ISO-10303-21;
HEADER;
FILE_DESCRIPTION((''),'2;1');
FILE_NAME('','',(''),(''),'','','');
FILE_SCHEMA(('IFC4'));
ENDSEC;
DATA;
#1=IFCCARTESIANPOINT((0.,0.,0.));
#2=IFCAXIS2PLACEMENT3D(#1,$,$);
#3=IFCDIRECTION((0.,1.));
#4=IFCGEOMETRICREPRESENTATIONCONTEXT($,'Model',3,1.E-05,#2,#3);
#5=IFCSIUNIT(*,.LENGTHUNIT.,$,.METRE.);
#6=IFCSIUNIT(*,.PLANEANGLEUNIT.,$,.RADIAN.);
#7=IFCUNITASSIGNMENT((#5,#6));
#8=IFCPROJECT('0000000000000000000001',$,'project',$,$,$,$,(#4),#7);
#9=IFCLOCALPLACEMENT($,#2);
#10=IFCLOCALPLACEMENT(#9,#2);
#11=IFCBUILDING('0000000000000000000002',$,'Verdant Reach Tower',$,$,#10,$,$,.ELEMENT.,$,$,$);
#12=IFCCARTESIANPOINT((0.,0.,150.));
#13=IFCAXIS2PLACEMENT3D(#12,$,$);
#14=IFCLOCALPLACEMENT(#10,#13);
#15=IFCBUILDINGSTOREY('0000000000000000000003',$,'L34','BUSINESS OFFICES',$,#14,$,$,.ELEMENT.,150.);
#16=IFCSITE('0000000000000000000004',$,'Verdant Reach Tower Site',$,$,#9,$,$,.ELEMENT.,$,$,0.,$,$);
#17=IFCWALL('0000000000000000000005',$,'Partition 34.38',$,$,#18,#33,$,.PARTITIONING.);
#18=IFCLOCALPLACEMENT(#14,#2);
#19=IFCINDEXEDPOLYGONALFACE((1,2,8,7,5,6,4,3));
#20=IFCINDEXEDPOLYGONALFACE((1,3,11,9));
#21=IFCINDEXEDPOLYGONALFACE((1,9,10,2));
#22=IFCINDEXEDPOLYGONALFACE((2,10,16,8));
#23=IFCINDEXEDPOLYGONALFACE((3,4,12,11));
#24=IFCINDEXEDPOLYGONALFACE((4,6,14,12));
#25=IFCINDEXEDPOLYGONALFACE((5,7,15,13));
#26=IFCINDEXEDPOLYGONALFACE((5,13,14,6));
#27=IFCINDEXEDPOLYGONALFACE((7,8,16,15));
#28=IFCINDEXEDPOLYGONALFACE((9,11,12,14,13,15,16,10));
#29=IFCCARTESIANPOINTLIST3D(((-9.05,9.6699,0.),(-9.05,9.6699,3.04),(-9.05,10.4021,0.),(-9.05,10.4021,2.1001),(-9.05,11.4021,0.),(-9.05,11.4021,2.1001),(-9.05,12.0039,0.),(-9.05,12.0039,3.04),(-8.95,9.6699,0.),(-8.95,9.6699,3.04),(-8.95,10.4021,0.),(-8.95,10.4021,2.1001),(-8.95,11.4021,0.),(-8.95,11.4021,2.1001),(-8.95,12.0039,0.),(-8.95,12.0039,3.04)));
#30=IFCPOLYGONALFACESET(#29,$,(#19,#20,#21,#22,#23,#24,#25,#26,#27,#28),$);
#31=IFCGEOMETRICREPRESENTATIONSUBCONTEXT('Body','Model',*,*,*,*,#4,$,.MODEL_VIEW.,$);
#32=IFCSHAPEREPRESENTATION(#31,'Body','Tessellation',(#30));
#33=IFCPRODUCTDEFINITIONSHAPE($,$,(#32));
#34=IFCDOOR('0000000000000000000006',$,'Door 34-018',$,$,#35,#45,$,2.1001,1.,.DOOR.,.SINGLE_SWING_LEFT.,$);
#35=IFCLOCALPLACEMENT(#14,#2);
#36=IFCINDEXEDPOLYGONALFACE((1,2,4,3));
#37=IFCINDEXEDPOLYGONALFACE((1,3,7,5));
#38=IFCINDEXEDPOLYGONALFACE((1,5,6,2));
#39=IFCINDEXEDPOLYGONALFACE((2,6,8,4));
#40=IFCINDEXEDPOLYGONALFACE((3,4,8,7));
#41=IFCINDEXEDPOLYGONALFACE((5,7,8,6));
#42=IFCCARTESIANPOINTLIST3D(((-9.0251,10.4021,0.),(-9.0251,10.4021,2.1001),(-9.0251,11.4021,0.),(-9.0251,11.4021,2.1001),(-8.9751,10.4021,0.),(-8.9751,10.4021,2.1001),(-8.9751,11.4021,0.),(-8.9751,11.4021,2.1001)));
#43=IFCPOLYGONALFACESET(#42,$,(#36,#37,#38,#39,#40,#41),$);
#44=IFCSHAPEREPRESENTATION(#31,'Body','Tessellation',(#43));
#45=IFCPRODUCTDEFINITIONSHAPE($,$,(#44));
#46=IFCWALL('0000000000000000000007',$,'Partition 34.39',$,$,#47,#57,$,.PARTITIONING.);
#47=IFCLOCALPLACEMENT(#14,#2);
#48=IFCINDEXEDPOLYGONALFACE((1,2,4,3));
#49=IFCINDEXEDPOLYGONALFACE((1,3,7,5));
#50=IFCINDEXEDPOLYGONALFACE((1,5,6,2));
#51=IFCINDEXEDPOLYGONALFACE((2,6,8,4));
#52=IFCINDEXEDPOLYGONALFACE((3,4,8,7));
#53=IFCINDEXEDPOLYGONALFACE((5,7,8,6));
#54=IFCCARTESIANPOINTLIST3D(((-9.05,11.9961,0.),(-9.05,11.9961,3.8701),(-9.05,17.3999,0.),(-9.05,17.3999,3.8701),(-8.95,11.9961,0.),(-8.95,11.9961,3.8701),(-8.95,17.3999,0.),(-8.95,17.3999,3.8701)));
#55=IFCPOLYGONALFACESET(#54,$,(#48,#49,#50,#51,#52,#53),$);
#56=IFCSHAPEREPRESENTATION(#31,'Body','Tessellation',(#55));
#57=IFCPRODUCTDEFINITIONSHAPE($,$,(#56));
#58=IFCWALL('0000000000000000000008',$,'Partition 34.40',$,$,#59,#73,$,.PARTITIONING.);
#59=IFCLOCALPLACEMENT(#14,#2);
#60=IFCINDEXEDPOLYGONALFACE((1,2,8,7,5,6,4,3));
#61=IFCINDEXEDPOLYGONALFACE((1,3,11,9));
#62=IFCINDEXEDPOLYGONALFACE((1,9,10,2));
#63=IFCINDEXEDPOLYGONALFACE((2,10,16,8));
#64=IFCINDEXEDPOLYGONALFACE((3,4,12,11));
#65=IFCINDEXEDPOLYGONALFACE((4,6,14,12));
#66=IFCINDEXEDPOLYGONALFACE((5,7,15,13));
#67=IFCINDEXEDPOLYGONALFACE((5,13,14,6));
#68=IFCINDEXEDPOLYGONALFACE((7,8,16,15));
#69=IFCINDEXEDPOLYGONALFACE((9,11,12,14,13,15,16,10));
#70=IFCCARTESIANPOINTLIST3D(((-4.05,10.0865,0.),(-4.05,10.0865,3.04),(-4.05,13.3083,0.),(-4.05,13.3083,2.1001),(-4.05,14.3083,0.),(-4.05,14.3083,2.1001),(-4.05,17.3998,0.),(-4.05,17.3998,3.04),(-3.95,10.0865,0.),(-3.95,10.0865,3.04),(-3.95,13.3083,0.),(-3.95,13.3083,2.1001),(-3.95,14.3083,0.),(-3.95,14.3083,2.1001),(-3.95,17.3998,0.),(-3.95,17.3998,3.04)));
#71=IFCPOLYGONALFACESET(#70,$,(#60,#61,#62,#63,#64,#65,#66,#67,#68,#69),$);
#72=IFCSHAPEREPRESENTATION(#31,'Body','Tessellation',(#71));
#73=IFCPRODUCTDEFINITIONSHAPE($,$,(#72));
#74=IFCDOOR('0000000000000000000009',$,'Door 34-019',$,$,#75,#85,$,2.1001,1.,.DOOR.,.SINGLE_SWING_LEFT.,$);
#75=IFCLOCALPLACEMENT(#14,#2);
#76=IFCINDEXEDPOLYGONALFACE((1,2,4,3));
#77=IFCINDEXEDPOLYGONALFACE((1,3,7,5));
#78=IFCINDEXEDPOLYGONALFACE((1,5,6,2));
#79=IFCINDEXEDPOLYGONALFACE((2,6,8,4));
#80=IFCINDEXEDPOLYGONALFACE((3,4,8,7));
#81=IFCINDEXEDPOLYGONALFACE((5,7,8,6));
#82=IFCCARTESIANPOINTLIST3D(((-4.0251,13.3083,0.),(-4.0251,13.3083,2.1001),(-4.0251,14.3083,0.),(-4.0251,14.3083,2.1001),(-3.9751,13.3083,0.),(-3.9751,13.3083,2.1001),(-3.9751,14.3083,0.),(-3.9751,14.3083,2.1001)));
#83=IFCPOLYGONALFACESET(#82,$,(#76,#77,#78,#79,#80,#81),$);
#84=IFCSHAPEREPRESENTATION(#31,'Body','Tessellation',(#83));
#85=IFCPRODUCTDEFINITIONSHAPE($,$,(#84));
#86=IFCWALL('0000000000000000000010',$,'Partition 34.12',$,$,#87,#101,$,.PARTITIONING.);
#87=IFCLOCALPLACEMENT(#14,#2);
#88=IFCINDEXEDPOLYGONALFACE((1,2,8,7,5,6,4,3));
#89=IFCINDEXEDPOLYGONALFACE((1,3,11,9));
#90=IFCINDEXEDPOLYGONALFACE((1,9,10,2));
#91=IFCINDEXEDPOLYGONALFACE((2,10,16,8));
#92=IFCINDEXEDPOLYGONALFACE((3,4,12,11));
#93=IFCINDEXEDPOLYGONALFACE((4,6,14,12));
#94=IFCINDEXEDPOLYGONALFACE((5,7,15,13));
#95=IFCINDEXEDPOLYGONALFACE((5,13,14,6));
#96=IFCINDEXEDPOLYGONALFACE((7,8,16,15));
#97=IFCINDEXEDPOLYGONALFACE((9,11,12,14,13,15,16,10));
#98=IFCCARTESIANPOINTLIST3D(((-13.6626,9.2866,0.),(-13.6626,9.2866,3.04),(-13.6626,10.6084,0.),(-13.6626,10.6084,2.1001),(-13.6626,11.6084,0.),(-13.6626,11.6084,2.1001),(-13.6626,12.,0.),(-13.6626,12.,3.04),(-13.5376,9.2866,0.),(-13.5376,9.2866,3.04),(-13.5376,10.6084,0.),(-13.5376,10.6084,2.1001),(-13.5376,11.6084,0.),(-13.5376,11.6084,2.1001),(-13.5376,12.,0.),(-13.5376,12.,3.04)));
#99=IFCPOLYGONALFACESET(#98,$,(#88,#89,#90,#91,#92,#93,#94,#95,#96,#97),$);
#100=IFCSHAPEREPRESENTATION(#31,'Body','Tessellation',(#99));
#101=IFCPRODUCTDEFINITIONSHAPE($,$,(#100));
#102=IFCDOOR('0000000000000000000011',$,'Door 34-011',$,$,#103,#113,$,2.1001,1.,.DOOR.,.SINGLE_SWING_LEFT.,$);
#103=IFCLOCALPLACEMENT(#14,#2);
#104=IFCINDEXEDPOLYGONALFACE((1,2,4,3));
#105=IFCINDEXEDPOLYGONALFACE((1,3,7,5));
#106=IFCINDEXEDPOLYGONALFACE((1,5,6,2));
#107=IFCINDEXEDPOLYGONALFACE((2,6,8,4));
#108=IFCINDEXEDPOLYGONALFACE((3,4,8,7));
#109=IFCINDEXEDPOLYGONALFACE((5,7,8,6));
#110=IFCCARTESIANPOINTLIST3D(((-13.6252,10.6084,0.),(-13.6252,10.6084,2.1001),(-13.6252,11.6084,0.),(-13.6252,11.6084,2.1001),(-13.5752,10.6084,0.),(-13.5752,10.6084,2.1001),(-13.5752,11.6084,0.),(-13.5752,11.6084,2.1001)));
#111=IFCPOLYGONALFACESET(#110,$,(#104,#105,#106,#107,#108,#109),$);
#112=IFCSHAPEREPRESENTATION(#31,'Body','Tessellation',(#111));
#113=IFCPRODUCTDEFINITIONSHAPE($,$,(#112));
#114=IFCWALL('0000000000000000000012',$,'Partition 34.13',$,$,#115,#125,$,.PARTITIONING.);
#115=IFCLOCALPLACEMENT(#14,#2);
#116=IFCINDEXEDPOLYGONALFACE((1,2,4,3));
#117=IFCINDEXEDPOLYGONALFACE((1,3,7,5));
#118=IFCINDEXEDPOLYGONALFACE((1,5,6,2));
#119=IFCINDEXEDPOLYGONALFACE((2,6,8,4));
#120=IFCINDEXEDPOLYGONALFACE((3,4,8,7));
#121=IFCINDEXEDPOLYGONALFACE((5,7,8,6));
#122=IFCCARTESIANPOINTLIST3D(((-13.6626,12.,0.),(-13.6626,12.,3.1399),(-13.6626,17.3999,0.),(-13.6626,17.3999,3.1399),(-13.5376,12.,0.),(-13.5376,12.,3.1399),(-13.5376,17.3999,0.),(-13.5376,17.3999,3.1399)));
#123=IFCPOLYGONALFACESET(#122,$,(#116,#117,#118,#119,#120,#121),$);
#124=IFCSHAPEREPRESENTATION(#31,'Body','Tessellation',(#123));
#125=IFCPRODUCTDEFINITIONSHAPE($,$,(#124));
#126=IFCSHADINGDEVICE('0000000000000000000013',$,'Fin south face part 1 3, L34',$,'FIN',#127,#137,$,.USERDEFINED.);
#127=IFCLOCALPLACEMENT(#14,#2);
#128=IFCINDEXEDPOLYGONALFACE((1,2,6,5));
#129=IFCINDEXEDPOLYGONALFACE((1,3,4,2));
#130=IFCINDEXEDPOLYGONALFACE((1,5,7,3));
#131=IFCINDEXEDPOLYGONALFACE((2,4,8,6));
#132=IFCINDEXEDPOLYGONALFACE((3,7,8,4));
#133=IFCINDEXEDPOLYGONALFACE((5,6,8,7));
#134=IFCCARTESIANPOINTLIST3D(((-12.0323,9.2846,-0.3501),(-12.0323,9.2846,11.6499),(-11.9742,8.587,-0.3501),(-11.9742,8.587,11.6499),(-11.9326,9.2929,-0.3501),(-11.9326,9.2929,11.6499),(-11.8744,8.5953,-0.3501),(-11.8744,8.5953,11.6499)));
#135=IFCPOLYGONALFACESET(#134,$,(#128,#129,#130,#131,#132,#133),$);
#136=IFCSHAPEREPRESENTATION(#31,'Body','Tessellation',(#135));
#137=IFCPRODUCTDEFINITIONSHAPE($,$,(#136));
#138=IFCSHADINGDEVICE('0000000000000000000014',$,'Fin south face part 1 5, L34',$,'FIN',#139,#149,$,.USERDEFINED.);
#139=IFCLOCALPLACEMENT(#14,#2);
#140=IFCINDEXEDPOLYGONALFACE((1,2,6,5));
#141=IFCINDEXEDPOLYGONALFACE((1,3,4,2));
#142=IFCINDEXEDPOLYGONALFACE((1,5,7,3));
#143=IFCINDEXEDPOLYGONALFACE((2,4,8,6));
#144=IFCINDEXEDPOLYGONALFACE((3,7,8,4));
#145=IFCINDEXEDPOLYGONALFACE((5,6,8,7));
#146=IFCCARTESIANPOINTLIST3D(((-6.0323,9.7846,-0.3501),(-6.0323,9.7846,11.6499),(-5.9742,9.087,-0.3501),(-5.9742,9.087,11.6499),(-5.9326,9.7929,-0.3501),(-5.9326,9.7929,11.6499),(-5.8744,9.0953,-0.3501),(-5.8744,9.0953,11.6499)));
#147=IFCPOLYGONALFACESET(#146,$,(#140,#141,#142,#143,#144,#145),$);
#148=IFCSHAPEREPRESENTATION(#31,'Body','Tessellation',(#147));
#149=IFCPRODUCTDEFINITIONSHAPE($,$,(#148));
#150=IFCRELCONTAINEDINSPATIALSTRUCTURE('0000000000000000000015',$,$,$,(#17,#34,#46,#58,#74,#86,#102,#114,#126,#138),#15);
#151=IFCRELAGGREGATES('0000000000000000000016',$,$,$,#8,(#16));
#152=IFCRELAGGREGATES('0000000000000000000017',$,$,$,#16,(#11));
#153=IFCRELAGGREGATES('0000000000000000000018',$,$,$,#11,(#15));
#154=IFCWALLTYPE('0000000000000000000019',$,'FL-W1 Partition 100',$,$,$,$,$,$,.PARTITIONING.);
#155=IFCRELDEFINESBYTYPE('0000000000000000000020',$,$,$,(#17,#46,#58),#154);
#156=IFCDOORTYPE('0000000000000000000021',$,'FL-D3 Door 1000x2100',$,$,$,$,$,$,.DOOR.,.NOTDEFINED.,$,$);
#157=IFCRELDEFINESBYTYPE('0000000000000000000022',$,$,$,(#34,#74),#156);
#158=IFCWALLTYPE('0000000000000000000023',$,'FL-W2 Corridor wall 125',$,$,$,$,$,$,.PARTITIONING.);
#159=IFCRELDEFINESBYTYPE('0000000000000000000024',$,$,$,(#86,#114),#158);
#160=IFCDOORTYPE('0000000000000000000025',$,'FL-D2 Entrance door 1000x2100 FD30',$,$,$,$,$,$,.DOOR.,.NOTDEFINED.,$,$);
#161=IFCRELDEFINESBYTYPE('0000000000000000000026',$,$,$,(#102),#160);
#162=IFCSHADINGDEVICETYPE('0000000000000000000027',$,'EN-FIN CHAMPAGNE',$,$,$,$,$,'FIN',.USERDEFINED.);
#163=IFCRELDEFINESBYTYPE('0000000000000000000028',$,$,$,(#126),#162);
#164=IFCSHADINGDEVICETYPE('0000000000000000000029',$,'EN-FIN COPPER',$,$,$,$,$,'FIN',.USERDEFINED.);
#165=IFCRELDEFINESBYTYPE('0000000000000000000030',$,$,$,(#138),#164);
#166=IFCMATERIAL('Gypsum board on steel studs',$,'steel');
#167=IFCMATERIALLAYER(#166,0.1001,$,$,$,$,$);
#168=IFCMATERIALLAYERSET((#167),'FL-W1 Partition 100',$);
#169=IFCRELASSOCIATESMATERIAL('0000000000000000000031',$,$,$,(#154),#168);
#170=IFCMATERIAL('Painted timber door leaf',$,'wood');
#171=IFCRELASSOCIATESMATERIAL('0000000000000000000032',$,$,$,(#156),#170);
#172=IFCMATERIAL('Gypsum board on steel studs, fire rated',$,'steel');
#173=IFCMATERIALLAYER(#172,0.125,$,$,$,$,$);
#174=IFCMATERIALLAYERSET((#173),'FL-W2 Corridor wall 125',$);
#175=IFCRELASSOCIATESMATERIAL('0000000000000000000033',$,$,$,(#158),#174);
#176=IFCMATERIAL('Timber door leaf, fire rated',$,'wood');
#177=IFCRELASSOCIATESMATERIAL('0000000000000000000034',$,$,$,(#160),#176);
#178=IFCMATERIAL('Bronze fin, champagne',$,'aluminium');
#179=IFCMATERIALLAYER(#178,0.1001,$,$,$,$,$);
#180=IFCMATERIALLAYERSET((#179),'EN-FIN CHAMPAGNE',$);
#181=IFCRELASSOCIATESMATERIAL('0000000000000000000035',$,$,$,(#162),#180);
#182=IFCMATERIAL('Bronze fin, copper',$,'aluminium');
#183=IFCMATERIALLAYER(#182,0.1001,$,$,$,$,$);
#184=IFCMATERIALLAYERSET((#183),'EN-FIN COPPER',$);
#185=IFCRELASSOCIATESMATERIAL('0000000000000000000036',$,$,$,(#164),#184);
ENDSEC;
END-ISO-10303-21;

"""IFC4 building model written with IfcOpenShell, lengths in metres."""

from ifc_helpers import new_model, si_unit, direction, frame, frame_2d, origin, origin_2d, place, context, subcontext, project, spatial, rectangle, extrude, material, layer, layer_set, type_object, element, fill, save


model = new_model("IFC4")

# Units and contexts
model_context = context("Model", 3, precision=1e-05, world=origin(), true_north=direction((0.0, 1.0)))
body_context = subcontext(model_context, "Body", "Model", "MODEL_VIEW")
ifc_project = project(units=[si_unit("LENGTHUNIT", "METRE"), si_unit("PLANEANGLEUNIT", "RADIAN")], contexts=[model_context])

# Site, building, storey
site_placement = place(None, origin())
site = spatial("IfcSite", under=ifc_project, at=site_placement, Name="Verdant Reach Tower Site", CompositionType="ELEMENT", RefElevation=0.0)
building_placement = place(site_placement, origin())
building = spatial("IfcBuilding", under=site, at=building_placement, Name="Verdant Reach Tower", CompositionType="ELEMENT")
storey_placement = place(building_placement, frame((0.0, 0.0, 150.0)))
storey = spatial("IfcBuildingStorey", under=building, at=storey_placement, Name="L34", Description="BUSINESS OFFICES", CompositionType="ELEMENT", Elevation=150.0)

# Wall, opening, door
ifc_material_1 = material(Name="Gypsum board on steel studs", Category="steel")
ifc_layer_1 = layer(ifc_material_1, 0.1001)
ifc_layer_set_1 = layer_set([ifc_layer_1], Name="FL-W1 Partition 100")
wall_type_1 = type_object("IfcWallType", Name="FL-W1 Partition 100", PredefinedType="PARTITIONING", material=ifc_layer_set_1)
ifc_material_2 = material(Name="Painted timber door leaf", Category="wood")
door_type_1 = type_object("IfcDoorType", Name="FL-D3 Door 1000x2100", OperationType="NOTDEFINED", PredefinedType="DOOR", material=ifc_material_2)
wall_1_placement = place(storey_placement, frame((-9.0, 12.0039, 0.0), z_axis=(0.0, 0.0, 1.0), x_axis=(0.0, -1.0, 0.0)))
wall_1 = element("IfcWall", 1, at=wall_1_placement, inside=storey, type_object=wall_type_1, Name="Partition 34.38", PredefinedType="PARTITIONING", context=body_context, shape_type="SweptSolid", body=[
    extrude(rectangle(XDim=2.334, YDim=0.1001, at=frame_2d((1.167, 0.0))), origin(), (0.0, 0.0, 1.0), 3.04),
])
opening_1_placement = place(wall_1_placement, frame((0.6018, 0.0, 0.0)))
opening_1 = element("IfcOpeningElement", 2, at=opening_1_placement, cuts=wall_1, PredefinedType="OPENING", context=body_context, shape_type="SweptSolid", body=[
    extrude(rectangle(XDim=1.0, YDim=2.1001, at=frame_2d((0.5, 1.05))), frame((0.0, 0.0601, 0.0), z_axis=(0.0, -1.0, 0.0), x_axis=(1.0, 0.0, 0.0)), (0.0, 0.0, 1.0), 0.1201),
])
door_1_placement = place(opening_1_placement, origin())
door_1 = element("IfcDoor", 3, at=door_1_placement, inside=storey, type_object=door_type_1, Name="Door 34-018", OperationType="SINGLE_SWING_LEFT", OverallHeight=2.1001, OverallWidth=1.0, PredefinedType="DOOR", context=body_context, shape_type="SweptSolid", body=[
    extrude(rectangle(XDim=1.0, YDim=2.1001, at=frame_2d((0.5, 1.05))), frame((0.0, 0.0249, 0.0), z_axis=(0.0, -1.0, 0.0), x_axis=(1.0, 0.0, 0.0)), (0.0, 0.0, 1.0), 0.05),
])
fill(opening_1, door_1)

# Wall
wall_2_placement = place(storey_placement, frame((-9.0, 11.9961, 0.0), z_axis=(0.0, 0.0, 1.0), x_axis=(0.0, 1.0, 0.0)))
element("IfcWall", 4, at=wall_2_placement, inside=storey, type_object=wall_type_1, Name="Partition 34.39", PredefinedType="PARTITIONING", context=body_context, shape_type="SweptSolid", body=[
    extrude(rectangle(XDim=5.4038, YDim=0.1001, at=frame_2d((2.7019, 0.0))), origin(), (0.0, 0.0, 1.0), 3.8701),
])

# Walls, openings, doors
wall_3_placement = place(storey_placement, frame((-4.0, 17.3999, 0.0), z_axis=(0.0, 0.0, 1.0), x_axis=(0.0, -1.0, 0.0)))
wall_3 = element("IfcWall", 5, at=wall_3_placement, inside=storey, type_object=wall_type_1, Name="Partition 34.40", PredefinedType="PARTITIONING", context=body_context, shape_type="SweptSolid", body=[
    extrude(rectangle(XDim=7.3132, YDim=0.1001, at=frame_2d((3.6567, 0.0))), origin(), (0.0, 0.0, 1.0), 3.04),
])
opening_2_placement = place(wall_3_placement, frame((3.0916, 0.0, 0.0)))
opening_2 = element("IfcOpeningElement", 6, at=opening_2_placement, cuts=wall_3, PredefinedType="OPENING", context=body_context, shape_type="SweptSolid", body=[
    extrude(rectangle(XDim=1.0, YDim=2.1001, at=frame_2d((0.5, 1.05))), frame((0.0, 0.0601, 0.0), z_axis=(0.0, -1.0, 0.0), x_axis=(1.0, 0.0, 0.0)), (0.0, 0.0, 1.0), 0.1201),
])
door_2_placement = place(opening_2_placement, origin())
door_2 = element("IfcDoor", 7, at=door_2_placement, inside=storey, type_object=door_type_1, Name="Door 34-019", OperationType="SINGLE_SWING_LEFT", OverallHeight=2.1001, OverallWidth=1.0, PredefinedType="DOOR", context=body_context, shape_type="SweptSolid", body=[
    extrude(rectangle(XDim=1.0, YDim=2.1001, at=frame_2d((0.5, 1.05))), frame((0.0, 0.0249, 0.0), z_axis=(0.0, -1.0, 0.0), x_axis=(1.0, 0.0, 0.0)), (0.0, 0.0, 1.0), 0.05),
])
fill(opening_2, door_2)
ifc_material_3 = material(Name="Gypsum board on steel studs, fire rated", Category="steel")
ifc_layer_2 = layer(ifc_material_3, 0.125)
ifc_layer_set_2 = layer_set([ifc_layer_2], Name="FL-W2 Corridor wall 125")
wall_type_2 = type_object("IfcWallType", Name="FL-W2 Corridor wall 125", PredefinedType="PARTITIONING", material=ifc_layer_set_2)
wall_4_placement = place(storey_placement, frame((-13.6001, 12.0, 0.0), z_axis=(0.0, 0.0, 1.0), x_axis=(0.0, -1.0, 0.0)))
wall_4 = element("IfcWall", 8, at=wall_4_placement, inside=storey, type_object=wall_type_2, Name="Partition 34.12", PredefinedType="PARTITIONING", context=body_context, shape_type="SweptSolid", body=[
    extrude(rectangle(XDim=2.7134, YDim=0.125, at=frame_2d((1.3567, 0.0))), origin(), (0.0, 0.0, 1.0), 3.04),
])
opening_3_placement = place(wall_4_placement, frame((0.3916, 0.0, 0.0)))
opening_3 = element("IfcOpeningElement", 9, at=opening_3_placement, cuts=wall_4, PredefinedType="OPENING", context=body_context, shape_type="SweptSolid", body=[
    extrude(rectangle(XDim=1.0, YDim=2.1001, at=frame_2d((0.5, 1.05))), frame((0.0, 0.0725, 0.0), z_axis=(0.0, -1.0, 0.0), x_axis=(1.0, 0.0, 0.0)), (0.0, 0.0, 1.0), 0.145),
])
ifc_material_4 = material(Name="Timber door leaf, fire rated", Category="wood")
door_type_2 = type_object("IfcDoorType", Name="FL-D2 Entrance door 1000x2100 FD30", OperationType="NOTDEFINED", PredefinedType="DOOR", material=ifc_material_4)
door_3_placement = place(opening_3_placement, origin())
door_3 = element("IfcDoor", 10, at=door_3_placement, inside=storey, type_object=door_type_2, Name="Door 34-011", OperationType="SINGLE_SWING_LEFT", OverallHeight=2.1001, OverallWidth=1.0, PredefinedType="DOOR", context=body_context, shape_type="SweptSolid", body=[
    extrude(rectangle(XDim=1.0, YDim=2.1001, at=frame_2d((0.5, 1.05))), frame((0.0, 0.0249, 0.0), z_axis=(0.0, -1.0, 0.0), x_axis=(1.0, 0.0, 0.0)), (0.0, 0.0, 1.0), 0.05),
])
fill(opening_3, door_3)

# Wall
wall_5_placement = place(storey_placement, frame((-13.6001, 12.0, 0.0), z_axis=(0.0, 0.0, 1.0), x_axis=(0.0, 1.0, 0.0)))
element("IfcWall", 11, at=wall_5_placement, inside=storey, type_object=wall_type_2, Name="Partition 34.13", PredefinedType="PARTITIONING", context=body_context, shape_type="SweptSolid", body=[
    extrude(rectangle(XDim=5.3999, YDim=0.125, at=frame_2d((2.7, 0.0))), origin(), (0.0, 0.0, 1.0), 3.1399),
])

# Shading devices
ifc_material_5 = material(Name="Bronze fin, champagne", Category="aluminium")
ifc_layer_3 = layer(ifc_material_5, 0.1001)
ifc_layer_set_3 = layer_set([ifc_layer_3], Name="EN-FIN CHAMPAGNE")
shading_device_type_1 = type_object("IfcShadingDeviceType", Name="EN-FIN CHAMPAGNE", ElementType="FIN", PredefinedType="USERDEFINED", material=ifc_layer_set_3)
shading_device_1_placement = place(storey_placement, frame((-11.9534, 8.9399, -0.3501), z_axis=(0.0, 0.0, 1.0), x_axis=(0.996546, 0.083045, 0.0)))
element("IfcShadingDevice", 12, at=shading_device_1_placement, inside=storey, type_object=shading_device_type_1, Name="Fin south face part 1 3, L34", ObjectType="FIN", PredefinedType="USERDEFINED", context=body_context, shape_type="SweptSolid", body=[
    extrude(rectangle(XDim=0.1001, YDim=0.7, at=origin_2d()), origin(), (0.0, 0.0, 1.0), 12.0),
])
ifc_material_6 = material(Name="Bronze fin, copper", Category="aluminium")
ifc_layer_4 = layer(ifc_material_6, 0.1001)
ifc_layer_set_4 = layer_set([ifc_layer_4], Name="EN-FIN COPPER")
shading_device_type_2 = type_object("IfcShadingDeviceType", Name="EN-FIN COPPER", ElementType="FIN", PredefinedType="USERDEFINED", material=ifc_layer_set_4)
shading_device_2_placement = place(storey_placement, frame((-5.9534, 9.4399, -0.3501), z_axis=(0.0, 0.0, 1.0), x_axis=(0.996546, 0.083045, 0.0)))
element("IfcShadingDevice", 13, at=shading_device_2_placement, inside=storey, type_object=shading_device_type_2, Name="Fin south face part 1 5, L34", ObjectType="FIN", PredefinedType="USERDEFINED", context=body_context, shape_type="SweptSolid", body=[
    extrude(rectangle(XDim=0.1001, YDim=0.7, at=origin_2d()), origin(), (0.0, 0.0, 1.0), 12.0),
])

save(model, "model.ifc")
